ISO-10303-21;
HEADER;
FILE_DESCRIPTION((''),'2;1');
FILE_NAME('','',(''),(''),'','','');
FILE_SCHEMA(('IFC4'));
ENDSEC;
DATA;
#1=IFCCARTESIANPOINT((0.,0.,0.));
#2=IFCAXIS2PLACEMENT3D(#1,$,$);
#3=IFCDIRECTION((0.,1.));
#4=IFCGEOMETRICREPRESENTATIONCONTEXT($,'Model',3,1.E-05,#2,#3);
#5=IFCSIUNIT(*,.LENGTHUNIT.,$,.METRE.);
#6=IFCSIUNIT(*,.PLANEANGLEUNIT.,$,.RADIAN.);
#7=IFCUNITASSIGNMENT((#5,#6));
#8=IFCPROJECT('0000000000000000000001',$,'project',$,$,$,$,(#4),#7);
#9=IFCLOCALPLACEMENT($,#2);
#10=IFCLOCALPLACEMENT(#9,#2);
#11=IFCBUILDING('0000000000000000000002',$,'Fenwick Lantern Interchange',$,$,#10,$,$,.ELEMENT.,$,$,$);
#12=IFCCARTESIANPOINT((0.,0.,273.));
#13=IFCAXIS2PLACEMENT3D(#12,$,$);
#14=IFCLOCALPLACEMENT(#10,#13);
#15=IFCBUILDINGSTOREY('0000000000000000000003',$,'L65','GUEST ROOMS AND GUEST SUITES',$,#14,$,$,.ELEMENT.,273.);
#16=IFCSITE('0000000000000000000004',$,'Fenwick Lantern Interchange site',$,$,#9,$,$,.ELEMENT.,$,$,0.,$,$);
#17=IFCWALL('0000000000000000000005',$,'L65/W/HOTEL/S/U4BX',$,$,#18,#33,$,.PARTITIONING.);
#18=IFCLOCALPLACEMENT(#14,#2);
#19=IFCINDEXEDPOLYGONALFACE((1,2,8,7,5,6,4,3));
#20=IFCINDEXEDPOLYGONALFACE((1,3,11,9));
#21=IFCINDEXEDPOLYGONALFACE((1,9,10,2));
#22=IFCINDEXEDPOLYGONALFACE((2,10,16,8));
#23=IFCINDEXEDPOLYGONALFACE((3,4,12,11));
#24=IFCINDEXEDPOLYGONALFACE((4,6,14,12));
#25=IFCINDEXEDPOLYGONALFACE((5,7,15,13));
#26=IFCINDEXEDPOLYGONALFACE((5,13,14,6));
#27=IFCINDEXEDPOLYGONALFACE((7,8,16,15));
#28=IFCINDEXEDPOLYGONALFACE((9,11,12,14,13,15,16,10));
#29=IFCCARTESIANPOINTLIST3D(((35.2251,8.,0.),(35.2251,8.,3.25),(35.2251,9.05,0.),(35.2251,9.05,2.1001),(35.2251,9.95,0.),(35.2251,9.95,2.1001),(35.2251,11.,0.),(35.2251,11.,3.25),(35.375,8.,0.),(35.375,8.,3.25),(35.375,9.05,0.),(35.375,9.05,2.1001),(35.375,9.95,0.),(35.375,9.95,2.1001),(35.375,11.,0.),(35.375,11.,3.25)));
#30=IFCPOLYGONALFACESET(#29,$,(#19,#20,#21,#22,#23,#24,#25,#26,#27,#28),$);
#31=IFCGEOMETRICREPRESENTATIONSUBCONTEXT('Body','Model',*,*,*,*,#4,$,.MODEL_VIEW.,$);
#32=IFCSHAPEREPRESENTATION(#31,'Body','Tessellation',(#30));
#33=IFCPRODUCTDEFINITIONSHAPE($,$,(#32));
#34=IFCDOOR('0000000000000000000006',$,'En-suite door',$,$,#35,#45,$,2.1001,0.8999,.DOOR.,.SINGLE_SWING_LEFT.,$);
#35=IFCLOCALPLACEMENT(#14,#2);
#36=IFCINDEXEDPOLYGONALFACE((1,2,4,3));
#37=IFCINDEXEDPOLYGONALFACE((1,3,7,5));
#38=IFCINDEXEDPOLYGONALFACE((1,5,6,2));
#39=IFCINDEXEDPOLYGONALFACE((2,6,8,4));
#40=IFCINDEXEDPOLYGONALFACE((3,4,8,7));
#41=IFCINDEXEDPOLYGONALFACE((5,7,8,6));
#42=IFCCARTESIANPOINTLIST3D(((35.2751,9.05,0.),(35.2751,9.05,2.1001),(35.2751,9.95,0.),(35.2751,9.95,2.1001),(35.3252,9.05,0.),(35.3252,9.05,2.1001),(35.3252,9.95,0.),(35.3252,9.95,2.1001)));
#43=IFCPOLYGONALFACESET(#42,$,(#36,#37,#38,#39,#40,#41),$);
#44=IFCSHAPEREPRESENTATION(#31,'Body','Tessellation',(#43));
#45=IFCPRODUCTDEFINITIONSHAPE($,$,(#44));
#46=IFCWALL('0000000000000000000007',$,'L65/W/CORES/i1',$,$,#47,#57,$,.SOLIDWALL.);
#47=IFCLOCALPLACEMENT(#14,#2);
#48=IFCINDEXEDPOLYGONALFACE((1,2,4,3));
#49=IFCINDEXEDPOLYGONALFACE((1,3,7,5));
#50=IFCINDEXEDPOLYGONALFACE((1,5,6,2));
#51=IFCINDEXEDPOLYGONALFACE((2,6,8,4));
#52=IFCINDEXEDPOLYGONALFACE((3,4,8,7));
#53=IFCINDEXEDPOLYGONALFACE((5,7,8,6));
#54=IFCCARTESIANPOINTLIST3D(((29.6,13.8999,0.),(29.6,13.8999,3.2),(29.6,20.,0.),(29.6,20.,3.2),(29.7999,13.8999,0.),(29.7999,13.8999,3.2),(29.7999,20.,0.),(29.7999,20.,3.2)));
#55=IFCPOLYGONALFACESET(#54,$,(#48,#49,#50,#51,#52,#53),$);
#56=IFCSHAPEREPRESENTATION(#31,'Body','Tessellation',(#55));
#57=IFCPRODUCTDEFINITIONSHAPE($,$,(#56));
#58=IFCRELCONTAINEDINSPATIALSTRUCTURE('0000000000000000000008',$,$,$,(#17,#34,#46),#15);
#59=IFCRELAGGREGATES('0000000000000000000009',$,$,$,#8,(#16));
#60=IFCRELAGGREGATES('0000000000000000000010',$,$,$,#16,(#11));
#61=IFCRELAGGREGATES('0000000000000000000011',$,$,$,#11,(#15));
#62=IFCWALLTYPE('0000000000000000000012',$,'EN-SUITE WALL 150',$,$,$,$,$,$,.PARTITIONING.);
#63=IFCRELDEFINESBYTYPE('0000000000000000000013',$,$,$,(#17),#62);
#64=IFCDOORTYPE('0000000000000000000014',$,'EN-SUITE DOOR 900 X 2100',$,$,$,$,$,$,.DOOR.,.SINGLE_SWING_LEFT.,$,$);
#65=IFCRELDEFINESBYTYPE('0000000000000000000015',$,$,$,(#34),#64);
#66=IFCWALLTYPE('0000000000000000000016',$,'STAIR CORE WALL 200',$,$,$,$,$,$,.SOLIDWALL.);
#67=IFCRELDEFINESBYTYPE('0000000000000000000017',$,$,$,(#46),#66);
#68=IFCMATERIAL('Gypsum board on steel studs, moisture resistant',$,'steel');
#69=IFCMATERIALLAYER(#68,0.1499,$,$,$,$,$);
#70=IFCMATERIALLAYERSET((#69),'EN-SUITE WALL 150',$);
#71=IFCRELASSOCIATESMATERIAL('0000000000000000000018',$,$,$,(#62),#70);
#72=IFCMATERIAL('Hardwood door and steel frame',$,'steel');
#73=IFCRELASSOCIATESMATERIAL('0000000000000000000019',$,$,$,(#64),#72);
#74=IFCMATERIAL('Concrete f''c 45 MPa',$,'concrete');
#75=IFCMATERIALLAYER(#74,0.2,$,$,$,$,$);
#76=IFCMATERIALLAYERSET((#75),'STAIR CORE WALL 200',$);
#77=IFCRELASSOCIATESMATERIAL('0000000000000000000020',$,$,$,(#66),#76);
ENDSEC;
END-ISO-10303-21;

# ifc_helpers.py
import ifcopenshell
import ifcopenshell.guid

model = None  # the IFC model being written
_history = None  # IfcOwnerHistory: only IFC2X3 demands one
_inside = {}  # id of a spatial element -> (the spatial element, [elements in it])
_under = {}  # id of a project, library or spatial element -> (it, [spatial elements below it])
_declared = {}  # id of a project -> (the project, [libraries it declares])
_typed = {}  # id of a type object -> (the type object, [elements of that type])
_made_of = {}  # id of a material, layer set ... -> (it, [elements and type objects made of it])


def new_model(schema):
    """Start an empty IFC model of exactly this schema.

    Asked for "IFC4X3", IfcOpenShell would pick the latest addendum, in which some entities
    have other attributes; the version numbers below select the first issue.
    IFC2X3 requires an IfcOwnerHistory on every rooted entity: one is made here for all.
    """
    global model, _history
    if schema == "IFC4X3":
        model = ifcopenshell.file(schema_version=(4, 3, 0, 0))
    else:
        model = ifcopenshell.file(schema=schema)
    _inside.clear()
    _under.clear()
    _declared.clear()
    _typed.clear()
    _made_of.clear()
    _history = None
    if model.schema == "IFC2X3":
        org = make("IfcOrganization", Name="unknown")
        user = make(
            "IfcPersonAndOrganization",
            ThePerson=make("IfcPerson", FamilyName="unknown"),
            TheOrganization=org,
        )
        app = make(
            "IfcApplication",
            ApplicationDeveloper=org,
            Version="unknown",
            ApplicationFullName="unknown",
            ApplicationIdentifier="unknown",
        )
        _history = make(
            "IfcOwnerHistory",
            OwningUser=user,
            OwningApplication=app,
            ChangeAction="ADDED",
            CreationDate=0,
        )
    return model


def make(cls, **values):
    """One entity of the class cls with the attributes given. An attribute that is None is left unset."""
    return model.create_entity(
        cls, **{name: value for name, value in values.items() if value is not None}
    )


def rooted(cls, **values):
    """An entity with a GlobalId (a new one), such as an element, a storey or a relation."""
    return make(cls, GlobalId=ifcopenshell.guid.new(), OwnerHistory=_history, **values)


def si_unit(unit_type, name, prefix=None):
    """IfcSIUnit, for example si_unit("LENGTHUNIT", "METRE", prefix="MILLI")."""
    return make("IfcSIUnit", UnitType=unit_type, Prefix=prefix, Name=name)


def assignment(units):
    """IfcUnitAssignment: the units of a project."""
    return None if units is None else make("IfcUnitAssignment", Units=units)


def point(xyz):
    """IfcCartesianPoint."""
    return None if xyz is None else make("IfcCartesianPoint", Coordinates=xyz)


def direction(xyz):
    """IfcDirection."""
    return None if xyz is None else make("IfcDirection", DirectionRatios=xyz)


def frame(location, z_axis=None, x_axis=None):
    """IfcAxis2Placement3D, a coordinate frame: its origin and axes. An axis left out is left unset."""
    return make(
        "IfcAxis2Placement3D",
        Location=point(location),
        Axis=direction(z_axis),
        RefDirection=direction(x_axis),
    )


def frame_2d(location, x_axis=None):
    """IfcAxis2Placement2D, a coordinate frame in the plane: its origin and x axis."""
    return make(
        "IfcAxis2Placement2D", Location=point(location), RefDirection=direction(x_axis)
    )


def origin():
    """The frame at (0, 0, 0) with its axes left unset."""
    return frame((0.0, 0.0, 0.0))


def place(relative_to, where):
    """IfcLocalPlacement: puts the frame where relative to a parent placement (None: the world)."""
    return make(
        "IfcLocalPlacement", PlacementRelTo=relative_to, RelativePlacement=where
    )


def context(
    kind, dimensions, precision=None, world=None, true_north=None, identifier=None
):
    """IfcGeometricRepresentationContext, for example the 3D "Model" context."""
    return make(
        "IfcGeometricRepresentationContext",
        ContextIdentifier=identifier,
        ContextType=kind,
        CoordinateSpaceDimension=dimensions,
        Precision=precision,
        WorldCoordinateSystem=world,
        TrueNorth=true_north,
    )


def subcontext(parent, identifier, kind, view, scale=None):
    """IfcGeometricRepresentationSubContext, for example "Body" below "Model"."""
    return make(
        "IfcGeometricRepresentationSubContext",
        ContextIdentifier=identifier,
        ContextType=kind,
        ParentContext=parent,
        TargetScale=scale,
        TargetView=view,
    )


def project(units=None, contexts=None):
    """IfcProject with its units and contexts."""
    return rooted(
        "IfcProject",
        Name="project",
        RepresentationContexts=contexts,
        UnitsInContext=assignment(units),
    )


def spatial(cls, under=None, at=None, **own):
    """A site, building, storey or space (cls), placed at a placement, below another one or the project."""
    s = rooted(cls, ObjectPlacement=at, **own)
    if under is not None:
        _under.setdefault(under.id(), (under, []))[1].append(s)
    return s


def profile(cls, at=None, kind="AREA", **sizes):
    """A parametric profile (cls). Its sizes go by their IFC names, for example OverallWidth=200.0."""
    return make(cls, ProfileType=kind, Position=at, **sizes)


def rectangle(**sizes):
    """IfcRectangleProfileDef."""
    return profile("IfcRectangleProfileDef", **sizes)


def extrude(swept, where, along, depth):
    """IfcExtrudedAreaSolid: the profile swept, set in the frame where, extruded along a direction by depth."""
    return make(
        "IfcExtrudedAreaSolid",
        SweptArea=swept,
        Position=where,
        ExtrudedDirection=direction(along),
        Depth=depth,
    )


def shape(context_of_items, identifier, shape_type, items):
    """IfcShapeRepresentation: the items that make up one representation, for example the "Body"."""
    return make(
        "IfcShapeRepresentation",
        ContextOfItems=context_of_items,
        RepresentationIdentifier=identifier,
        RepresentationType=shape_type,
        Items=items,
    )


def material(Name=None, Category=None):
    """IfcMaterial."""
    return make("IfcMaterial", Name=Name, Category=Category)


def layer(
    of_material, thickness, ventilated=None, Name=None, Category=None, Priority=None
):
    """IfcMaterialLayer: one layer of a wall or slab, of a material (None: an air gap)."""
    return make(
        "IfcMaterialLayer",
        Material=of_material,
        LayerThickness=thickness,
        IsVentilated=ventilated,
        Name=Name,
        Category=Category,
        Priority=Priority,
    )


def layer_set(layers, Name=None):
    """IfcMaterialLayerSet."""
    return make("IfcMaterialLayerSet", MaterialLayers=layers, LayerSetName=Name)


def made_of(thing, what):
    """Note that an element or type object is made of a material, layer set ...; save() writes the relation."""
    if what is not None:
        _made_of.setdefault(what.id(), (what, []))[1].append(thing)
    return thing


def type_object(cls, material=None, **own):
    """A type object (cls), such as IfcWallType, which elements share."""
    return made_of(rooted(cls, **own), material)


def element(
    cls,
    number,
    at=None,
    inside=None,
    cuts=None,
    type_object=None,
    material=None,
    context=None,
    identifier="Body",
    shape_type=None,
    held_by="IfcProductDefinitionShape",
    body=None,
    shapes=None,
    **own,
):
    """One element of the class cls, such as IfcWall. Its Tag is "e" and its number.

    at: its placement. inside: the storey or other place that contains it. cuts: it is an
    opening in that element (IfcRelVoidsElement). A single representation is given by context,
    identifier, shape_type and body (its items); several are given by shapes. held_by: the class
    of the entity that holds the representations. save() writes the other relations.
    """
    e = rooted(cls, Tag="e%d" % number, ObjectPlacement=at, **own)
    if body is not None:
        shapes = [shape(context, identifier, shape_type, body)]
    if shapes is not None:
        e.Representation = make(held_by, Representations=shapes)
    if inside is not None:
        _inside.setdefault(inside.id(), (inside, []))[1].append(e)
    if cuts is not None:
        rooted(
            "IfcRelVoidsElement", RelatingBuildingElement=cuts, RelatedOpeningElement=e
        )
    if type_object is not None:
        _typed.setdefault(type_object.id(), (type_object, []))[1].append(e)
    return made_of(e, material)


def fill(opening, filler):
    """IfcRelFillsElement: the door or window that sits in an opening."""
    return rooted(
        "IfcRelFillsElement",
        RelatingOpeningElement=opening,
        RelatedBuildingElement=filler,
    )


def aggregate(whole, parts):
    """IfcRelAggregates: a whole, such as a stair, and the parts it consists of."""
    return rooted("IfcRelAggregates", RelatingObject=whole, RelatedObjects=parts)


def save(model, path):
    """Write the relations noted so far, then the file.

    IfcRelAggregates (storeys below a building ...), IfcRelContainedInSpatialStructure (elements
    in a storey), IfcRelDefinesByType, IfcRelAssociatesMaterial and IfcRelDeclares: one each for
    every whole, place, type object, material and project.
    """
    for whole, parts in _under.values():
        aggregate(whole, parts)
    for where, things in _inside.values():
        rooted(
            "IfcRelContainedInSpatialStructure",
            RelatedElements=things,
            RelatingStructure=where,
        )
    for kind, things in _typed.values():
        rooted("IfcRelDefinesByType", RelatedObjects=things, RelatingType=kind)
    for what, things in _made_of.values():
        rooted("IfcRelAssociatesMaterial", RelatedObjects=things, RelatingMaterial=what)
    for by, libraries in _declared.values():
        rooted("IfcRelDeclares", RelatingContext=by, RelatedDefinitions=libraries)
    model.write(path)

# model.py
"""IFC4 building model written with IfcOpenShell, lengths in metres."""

from ifc_helpers import new_model, si_unit, direction, frame, frame_2d, origin, place, context, subcontext, project, spatial, rectangle, extrude, material, layer, layer_set, type_object, element, fill, save


model = new_model("IFC4")

# Units and contexts
model_context = context("Model", 3, precision=1e-05, world=origin(), true_north=direction((0.0, 1.0)))
body_context = subcontext(model_context, "Body", "Model", "MODEL_VIEW")
ifc_project = project(units=[si_unit("LENGTHUNIT", "METRE"), si_unit("PLANEANGLEUNIT", "RADIAN")], contexts=[model_context])

# Site, building, storey
site_placement = place(None, origin())
site = spatial("IfcSite", under=ifc_project, at=site_placement, Name="Fenwick Lantern Interchange site", CompositionType="ELEMENT", RefElevation=0.0)
building_placement = place(site_placement, origin())
building = spatial("IfcBuilding", under=site, at=building_placement, Name="Fenwick Lantern Interchange", CompositionType="ELEMENT")
storey_placement = place(building_placement, frame((0.0, 0.0, 273.0)))
storey = spatial("IfcBuildingStorey", under=building, at=storey_placement, Name="L65", Description="GUEST ROOMS AND GUEST SUITES", CompositionType="ELEMENT", Elevation=273.0)

# Shared definitions
ifc_material_1 = material(Name="Gypsum board on steel studs, moisture resistant", Category="steel")
ifc_layer_1 = layer(ifc_material_1, 0.1499)
ifc_layer_set_1 = layer_set([ifc_layer_1], Name="EN-SUITE WALL 150")
wall_type_1 = type_object("IfcWallType", Name="EN-SUITE WALL 150", PredefinedType="PARTITIONING", material=ifc_layer_set_1)

# Wall, opening, door
wall_1_placement = place(storey_placement, frame((35.3, 8.0, 0.0), z_axis=(0.0, 0.0, 1.0), x_axis=(0.0, 1.0, 0.0)))
wall_1 = element("IfcWall", 1, at=wall_1_placement, inside=storey, type_object=wall_type_1, Name="L65/W/HOTEL/S/U4BX", PredefinedType="PARTITIONING", context=body_context, shape_type="SweptSolid", body=[
    extrude(rectangle(XDim=3.0, YDim=0.1499, at=frame_2d((1.5, 0.0))), origin(), (0.0, 0.0, 1.0), 3.25),
])
opening_1_placement = place(wall_1_placement, frame((1.05, 0.0, 0.0)))
opening_1 = element("IfcOpeningElement", 2, at=opening_1_placement, cuts=wall_1, PredefinedType="OPENING", context=body_context, shape_type="SweptSolid", body=[
    extrude(rectangle(XDim=0.8999, YDim=2.1001, at=frame_2d((0.45, 1.05))), frame((0.0, 0.085, 0.0), z_axis=(0.0, -1.0, 0.0), x_axis=(1.0, 0.0, 0.0)), (0.0, 0.0, 1.0), 0.1699),
])
ifc_material_2 = material(Name="Hardwood door and steel frame", Category="steel")
door_type_1 = type_object("IfcDoorType", Name="EN-SUITE DOOR 900 X 2100", OperationType="SINGLE_SWING_LEFT", PredefinedType="DOOR", material=ifc_material_2)
door_1_placement = place(opening_1_placement, origin())
door_1 = element("IfcDoor", 3, at=door_1_placement, inside=storey, type_object=door_type_1, Name="En-suite door", OperationType="SINGLE_SWING_LEFT", OverallHeight=2.1001, OverallWidth=0.8999, PredefinedType="DOOR", context=body_context, shape_type="SweptSolid", body=[
    extrude(rectangle(XDim=0.8999, YDim=2.1001, at=frame_2d((0.45, 1.05))), frame((0.0, 0.0249, 0.0), z_axis=(0.0, -1.0, 0.0), x_axis=(1.0, 0.0, 0.0)), (0.0, 0.0, 1.0), 0.05),
])
fill(opening_1, door_1)

# Wall
ifc_material_3 = material(Name="Concrete f'c 45 MPa", Category="concrete")
ifc_layer_2 = layer(ifc_material_3, 0.2)
ifc_layer_set_2 = layer_set([ifc_layer_2], Name="STAIR CORE WALL 200")
wall_type_2 = type_object("IfcWallType", Name="STAIR CORE WALL 200", PredefinedType="SOLIDWALL", material=ifc_layer_set_2)
wall_2_placement = place(storey_placement, frame((29.7, 13.8999, 0.0), z_axis=(0.0, 0.0, 1.0), x_axis=(0.0, 1.0, 0.0)))
element("IfcWall", 4, at=wall_2_placement, inside=storey, type_object=wall_type_2, Name="L65/W/CORES/i1", PredefinedType="SOLIDWALL", context=body_context, shape_type="SweptSolid", body=[
    extrude(rectangle(XDim=6.1001, YDim=0.2, at=frame_2d((3.05, 0.0))), origin(), (0.0, 0.0, 1.0), 3.2),
])

save(model, "model.ifc")
